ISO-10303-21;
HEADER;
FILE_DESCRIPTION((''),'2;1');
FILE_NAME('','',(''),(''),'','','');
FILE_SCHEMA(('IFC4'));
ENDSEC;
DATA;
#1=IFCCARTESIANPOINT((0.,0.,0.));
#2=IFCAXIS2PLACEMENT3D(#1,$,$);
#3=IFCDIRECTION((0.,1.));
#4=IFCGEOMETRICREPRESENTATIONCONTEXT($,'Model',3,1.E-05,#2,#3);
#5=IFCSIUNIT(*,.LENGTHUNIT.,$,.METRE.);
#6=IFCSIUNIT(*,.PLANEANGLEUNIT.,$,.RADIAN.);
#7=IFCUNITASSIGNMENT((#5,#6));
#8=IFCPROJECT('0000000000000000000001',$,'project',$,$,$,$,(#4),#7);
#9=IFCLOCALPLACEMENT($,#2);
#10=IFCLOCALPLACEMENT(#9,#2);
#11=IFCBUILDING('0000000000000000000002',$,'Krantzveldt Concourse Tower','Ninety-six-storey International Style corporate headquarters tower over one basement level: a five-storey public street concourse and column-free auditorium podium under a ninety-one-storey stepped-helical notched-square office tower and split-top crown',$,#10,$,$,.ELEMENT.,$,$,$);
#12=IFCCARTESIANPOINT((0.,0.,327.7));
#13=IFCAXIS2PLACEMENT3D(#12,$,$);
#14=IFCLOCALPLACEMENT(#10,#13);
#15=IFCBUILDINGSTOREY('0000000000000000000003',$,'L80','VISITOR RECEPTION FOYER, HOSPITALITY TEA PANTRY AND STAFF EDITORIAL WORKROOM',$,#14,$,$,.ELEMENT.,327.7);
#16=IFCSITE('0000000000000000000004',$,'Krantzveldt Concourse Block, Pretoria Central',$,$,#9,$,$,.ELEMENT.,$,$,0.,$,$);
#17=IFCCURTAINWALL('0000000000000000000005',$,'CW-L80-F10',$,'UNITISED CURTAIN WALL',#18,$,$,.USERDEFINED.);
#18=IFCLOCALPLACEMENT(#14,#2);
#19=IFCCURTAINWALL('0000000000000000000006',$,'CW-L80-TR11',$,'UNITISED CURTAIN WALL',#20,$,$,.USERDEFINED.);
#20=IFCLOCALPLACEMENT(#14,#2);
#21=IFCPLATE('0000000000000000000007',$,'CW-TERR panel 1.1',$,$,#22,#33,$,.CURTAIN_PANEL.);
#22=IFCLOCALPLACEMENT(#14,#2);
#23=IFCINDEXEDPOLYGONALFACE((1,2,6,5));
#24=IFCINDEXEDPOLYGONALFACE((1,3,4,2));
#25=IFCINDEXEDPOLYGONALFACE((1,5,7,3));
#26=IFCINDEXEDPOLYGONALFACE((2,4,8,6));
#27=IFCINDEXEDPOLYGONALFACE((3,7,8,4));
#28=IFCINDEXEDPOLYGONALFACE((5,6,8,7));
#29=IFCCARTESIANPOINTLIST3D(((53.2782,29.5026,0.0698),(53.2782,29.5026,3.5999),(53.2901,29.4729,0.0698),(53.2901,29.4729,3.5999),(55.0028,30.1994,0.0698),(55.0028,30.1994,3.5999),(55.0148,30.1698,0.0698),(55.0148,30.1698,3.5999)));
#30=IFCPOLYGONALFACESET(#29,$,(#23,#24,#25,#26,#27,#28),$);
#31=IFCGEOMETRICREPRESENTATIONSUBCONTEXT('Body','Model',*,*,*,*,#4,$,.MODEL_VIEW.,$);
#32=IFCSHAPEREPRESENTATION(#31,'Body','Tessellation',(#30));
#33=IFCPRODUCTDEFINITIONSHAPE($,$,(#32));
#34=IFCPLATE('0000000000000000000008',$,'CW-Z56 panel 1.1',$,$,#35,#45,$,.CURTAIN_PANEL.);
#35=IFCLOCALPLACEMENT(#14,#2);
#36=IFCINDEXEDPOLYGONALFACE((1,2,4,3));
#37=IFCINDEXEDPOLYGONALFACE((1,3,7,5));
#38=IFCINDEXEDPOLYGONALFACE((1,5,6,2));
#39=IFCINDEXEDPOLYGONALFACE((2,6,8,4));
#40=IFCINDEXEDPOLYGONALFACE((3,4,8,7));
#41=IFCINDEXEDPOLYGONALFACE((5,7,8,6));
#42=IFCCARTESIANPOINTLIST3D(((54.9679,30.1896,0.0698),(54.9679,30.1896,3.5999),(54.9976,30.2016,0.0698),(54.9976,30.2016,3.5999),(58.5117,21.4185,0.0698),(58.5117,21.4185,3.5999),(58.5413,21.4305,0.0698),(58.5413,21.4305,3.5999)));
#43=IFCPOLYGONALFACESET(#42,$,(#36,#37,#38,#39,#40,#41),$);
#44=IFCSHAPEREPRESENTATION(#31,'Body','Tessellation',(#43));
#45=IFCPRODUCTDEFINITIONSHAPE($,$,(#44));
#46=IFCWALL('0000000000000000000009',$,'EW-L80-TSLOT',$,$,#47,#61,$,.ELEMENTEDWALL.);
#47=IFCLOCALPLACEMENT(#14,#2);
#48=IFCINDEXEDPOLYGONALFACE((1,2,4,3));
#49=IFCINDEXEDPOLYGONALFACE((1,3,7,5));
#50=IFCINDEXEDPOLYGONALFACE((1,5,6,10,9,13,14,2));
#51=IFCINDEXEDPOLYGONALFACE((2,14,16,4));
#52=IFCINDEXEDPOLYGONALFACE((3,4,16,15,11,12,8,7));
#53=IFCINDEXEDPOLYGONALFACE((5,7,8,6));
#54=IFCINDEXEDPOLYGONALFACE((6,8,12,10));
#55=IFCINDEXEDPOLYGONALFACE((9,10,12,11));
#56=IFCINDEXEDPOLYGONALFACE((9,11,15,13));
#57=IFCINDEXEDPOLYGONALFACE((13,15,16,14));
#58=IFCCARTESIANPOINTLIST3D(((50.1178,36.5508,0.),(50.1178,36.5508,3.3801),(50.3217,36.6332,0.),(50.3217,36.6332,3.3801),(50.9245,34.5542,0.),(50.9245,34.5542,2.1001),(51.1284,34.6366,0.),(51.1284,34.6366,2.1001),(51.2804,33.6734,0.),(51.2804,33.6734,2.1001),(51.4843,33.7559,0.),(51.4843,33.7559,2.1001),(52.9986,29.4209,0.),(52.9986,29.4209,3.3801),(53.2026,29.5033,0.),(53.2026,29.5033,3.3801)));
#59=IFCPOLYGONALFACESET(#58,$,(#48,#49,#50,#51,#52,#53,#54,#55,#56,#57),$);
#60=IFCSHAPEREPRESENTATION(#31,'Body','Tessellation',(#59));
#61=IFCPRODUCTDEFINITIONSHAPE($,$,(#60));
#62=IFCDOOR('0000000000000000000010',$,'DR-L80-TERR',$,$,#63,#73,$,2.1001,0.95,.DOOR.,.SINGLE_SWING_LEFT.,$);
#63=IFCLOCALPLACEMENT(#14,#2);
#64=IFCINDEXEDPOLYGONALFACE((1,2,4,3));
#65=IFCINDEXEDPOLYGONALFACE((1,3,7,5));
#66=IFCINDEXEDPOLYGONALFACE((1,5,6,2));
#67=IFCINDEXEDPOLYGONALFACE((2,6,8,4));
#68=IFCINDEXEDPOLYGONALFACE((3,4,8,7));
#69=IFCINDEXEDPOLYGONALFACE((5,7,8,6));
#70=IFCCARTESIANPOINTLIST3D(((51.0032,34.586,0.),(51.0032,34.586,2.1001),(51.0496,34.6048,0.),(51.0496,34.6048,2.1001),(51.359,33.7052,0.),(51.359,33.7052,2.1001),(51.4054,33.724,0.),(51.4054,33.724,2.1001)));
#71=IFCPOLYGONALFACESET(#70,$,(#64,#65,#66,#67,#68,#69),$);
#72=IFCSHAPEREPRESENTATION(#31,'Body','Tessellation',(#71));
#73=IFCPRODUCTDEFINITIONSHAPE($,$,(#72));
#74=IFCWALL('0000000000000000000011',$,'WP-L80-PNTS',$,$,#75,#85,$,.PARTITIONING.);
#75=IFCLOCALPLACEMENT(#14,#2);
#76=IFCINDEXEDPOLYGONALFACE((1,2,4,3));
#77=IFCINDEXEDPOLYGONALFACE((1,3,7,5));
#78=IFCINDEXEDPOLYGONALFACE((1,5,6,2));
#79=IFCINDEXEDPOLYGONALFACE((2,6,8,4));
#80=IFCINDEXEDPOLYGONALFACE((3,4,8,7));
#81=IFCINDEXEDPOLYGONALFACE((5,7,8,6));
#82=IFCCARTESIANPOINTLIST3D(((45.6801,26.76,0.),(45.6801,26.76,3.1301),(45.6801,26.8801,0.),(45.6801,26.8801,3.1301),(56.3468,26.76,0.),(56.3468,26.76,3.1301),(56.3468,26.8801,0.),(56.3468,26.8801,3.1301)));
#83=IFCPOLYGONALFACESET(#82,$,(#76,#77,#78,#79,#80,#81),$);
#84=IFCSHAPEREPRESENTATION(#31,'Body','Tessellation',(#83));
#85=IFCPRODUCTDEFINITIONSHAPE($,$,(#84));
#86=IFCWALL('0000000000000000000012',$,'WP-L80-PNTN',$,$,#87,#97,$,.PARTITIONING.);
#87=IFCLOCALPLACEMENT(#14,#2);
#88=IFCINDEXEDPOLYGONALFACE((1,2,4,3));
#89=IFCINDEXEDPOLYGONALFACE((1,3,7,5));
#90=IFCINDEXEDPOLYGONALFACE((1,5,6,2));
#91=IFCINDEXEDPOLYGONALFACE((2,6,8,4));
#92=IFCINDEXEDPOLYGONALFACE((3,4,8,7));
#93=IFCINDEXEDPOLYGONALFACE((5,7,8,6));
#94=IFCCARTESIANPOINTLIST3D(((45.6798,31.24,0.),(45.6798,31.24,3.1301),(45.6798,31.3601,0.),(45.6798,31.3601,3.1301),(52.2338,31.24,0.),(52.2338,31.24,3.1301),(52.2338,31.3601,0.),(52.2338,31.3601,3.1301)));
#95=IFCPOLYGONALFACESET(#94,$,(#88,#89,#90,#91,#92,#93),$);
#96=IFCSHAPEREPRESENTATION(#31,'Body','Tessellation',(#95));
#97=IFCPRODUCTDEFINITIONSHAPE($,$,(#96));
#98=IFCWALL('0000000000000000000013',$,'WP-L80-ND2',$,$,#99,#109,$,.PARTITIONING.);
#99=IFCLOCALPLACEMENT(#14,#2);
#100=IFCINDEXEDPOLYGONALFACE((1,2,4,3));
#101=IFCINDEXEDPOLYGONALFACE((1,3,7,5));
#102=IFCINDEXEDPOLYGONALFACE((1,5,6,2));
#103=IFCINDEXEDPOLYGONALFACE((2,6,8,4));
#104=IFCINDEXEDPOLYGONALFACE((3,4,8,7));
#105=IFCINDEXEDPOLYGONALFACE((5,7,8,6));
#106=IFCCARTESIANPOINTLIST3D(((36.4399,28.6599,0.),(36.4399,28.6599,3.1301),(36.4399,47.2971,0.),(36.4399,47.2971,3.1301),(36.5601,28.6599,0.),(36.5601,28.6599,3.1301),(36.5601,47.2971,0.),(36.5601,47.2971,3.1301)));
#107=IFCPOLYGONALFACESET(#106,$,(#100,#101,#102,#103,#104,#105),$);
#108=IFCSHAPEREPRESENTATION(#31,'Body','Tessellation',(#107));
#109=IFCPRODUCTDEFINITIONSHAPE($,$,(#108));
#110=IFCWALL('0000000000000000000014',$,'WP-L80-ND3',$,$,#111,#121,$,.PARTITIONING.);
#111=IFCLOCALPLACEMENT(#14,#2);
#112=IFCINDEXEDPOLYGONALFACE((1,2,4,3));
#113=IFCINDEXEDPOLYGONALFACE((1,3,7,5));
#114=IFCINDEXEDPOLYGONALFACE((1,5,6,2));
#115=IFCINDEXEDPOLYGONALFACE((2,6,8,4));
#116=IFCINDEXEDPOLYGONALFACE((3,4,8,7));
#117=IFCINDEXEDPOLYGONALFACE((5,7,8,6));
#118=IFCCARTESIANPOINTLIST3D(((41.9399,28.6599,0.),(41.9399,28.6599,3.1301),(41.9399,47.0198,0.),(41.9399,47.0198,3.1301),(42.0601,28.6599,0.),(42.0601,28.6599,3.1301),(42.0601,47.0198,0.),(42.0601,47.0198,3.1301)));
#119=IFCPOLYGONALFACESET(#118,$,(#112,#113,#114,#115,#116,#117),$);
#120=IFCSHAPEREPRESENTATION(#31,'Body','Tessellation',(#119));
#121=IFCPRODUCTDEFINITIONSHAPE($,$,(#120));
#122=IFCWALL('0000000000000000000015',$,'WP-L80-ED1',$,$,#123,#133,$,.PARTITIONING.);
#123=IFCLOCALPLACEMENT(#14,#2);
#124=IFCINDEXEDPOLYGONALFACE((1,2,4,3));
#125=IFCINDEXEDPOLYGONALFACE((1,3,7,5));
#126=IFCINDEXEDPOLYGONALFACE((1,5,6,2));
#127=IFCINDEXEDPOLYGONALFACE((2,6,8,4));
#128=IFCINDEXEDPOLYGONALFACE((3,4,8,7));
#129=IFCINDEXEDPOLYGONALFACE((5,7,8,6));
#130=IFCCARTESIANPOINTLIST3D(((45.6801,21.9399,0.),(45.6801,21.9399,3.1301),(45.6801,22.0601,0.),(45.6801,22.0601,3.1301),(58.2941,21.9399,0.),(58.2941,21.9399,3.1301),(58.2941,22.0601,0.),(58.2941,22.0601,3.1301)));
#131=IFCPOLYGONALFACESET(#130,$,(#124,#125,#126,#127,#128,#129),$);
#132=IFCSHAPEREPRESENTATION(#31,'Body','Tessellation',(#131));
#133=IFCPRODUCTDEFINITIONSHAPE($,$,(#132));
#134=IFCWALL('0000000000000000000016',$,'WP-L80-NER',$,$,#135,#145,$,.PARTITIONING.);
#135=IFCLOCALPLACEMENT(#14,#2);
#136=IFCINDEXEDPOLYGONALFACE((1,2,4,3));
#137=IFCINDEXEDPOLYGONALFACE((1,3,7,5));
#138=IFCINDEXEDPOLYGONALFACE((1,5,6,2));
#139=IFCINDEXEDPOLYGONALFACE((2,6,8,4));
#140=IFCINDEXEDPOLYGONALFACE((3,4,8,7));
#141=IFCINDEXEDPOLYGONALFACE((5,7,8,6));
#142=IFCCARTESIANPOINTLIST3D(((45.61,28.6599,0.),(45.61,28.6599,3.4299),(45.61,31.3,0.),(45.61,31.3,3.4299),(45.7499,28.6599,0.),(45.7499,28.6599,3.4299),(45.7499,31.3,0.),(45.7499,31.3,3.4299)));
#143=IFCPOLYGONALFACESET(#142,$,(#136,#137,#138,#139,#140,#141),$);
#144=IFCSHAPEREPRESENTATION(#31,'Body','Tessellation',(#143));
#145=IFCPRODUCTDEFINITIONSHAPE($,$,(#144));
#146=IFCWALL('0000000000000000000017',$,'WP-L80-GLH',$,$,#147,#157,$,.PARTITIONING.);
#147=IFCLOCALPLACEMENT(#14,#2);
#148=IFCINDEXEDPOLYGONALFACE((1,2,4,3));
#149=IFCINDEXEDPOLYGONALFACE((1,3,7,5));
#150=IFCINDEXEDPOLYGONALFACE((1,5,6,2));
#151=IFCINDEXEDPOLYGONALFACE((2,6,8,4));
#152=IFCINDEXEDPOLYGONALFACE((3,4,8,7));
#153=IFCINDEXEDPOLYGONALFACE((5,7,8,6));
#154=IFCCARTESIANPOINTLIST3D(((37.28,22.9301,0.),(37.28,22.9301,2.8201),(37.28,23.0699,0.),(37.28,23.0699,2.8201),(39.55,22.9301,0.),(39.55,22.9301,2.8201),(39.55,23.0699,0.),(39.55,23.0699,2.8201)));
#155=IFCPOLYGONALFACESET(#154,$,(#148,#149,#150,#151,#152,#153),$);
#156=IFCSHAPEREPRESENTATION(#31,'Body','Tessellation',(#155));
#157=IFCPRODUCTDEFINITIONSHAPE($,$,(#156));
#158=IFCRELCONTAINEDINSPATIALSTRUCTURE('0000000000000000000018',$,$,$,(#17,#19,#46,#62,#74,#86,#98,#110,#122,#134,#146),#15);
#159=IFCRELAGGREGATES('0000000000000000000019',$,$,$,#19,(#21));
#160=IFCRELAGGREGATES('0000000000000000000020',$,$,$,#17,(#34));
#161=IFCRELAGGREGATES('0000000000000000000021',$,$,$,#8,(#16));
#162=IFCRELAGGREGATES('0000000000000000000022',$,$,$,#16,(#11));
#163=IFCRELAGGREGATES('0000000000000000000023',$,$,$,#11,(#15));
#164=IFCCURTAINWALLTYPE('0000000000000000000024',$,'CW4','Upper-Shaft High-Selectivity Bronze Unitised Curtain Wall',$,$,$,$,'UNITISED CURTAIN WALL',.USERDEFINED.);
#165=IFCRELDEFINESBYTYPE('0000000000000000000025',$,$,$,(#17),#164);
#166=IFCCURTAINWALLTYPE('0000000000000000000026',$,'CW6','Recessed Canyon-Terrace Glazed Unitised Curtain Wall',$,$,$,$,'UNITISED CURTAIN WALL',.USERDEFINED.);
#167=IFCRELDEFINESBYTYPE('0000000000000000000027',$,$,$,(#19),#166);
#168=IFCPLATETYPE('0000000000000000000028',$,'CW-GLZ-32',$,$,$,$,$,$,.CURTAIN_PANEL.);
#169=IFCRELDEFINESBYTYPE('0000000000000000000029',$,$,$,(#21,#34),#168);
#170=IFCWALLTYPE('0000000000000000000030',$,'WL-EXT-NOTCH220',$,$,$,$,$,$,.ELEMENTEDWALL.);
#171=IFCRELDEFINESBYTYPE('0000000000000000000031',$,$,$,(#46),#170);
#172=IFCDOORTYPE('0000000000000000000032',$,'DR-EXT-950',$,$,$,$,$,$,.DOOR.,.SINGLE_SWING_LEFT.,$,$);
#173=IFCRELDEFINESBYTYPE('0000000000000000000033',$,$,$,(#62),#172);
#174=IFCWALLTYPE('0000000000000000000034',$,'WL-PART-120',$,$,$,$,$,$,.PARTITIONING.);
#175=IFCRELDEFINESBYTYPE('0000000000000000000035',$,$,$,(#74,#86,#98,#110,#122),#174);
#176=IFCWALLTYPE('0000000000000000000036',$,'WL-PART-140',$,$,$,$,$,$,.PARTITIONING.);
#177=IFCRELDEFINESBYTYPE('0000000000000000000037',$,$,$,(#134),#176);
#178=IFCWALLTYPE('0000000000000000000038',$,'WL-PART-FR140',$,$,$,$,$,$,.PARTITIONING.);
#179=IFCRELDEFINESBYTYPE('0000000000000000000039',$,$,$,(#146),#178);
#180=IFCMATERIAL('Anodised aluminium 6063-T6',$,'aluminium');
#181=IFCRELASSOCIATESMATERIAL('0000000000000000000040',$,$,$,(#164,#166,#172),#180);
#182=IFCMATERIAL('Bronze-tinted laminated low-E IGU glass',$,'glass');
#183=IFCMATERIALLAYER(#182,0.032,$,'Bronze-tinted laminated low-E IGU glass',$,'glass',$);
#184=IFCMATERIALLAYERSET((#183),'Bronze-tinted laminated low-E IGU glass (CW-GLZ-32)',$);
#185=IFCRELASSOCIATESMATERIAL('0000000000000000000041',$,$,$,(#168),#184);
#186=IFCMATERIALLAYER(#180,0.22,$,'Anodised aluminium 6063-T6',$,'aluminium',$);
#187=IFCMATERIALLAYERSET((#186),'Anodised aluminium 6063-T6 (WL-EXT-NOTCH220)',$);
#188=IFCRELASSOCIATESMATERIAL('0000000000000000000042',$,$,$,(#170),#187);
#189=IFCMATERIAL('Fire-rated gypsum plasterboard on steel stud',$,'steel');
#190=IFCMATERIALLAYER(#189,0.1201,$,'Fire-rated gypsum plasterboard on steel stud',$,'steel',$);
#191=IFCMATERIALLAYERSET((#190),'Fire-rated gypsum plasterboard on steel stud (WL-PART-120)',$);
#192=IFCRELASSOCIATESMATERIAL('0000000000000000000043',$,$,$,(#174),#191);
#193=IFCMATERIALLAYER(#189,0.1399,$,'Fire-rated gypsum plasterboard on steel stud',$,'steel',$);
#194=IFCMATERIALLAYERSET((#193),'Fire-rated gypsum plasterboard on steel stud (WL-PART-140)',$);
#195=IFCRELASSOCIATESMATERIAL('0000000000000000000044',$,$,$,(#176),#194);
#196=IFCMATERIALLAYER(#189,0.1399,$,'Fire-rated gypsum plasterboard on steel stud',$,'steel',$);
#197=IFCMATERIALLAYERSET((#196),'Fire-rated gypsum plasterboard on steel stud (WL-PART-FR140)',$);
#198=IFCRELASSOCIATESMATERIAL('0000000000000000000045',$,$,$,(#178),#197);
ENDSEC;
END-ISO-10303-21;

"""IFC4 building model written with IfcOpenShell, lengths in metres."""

from ifc_helpers import new_model, si_unit, direction, frame, frame_2d, origin, origin_2d, place, context, subcontext, project, spatial, rectangle, extrude, source, transform, mapped, material, layer, layer_set, type_object, type_shapes, element, fill, aggregate, save


model = new_model("IFC4")

# Units and contexts
model_context = context("Model", 3, precision=1e-05, world=origin(), true_north=direction((0.0, 1.0)))
body_context = subcontext(model_context, "Body", "Model", "MODEL_VIEW")
ifc_project = project(units=[si_unit("LENGTHUNIT", "METRE"), si_unit("PLANEANGLEUNIT", "RADIAN")], contexts=[model_context])

# Site, building, storey
site_placement = place(None, origin())
site = spatial("IfcSite", under=ifc_project, at=site_placement, Name="Krantzveldt Concourse Block, Pretoria Central", CompositionType="ELEMENT", RefElevation=0.0)
building_placement = place(site_placement, origin())
building = spatial("IfcBuilding", under=site, at=building_placement, Name="Krantzveldt Concourse Tower", Description="Ninety-six-storey International Style corporate headquarters tower over one basement level: a five-storey public street concourse and column-free auditorium podium under a ninety-one-storey stepped-helical notched-square office tower and split-top crown", CompositionType="ELEMENT")
storey_placement = place(building_placement, frame((0.0, 0.0, 327.7)))
storey = spatial("IfcBuildingStorey", under=building, at=storey_placement, Name="L80", Description="VISITOR RECEPTION FOYER, HOSPITALITY TEA PANTRY AND STAFF EDITORIAL WORKROOM", CompositionType="ELEMENT", Elevation=327.7)

# Curtain wall
ifc_material_1 = material(Name="Anodised aluminium 6063-T6", Category="aluminium")
curtain_wall_type_1 = type_object("IfcCurtainWallType", Name="CW4", Description="Upper-Shaft High-Selectivity Bronze Unitised Curtain Wall", ElementType="UNITISED CURTAIN WALL", PredefinedType="USERDEFINED", material=ifc_material_1)
curtain_wall_1_placement = place(storey_placement, origin())
curtain_wall_1 = element("IfcCurtainWall", 1, at=curtain_wall_1_placement, inside=storey, type_object=curtain_wall_type_1, Name="CW-L80-F10", ObjectType="UNITISED CURTAIN WALL", PredefinedType="USERDEFINED")

# Curtain wall
curtain_wall_type_2 = type_object("IfcCurtainWallType", Name="CW6", Description="Recessed Canyon-Terrace Glazed Unitised Curtain Wall", ElementType="UNITISED CURTAIN WALL", PredefinedType="USERDEFINED", material=ifc_material_1)
curtain_wall_2_placement = place(storey_placement, origin())
curtain_wall_2 = element("IfcCurtainWall", 2, at=curtain_wall_2_placement, inside=storey, type_object=curtain_wall_type_2, Name="CW-L80-TR11", ObjectType="UNITISED CURTAIN WALL", PredefinedType="USERDEFINED")

# Plates
ifc_material_2 = material(Name="Bronze-tinted laminated low-E IGU glass", Category="glass")
ifc_layer_1 = layer(ifc_material_2, 0.032, Name="Bronze-tinted laminated low-E IGU glass", Category="glass")
ifc_layer_set_1 = layer_set([ifc_layer_1], Name="Bronze-tinted laminated low-E IGU glass (CW-GLZ-32)")
plate_type = type_object("IfcPlateType", Name="CW-GLZ-32", PredefinedType="CURTAIN_PANEL", material=ifc_layer_set_1)
shared_shape_1 = source(origin(), body_context, "Body", "SweptSolid", [
    extrude(rectangle(XDim=1.8601, YDim=0.032, at=origin_2d()), origin(), (0.0, 0.0, 1.0), 3.53),
])
plate_1_placement = place(storey_placement, frame((54.1465, 29.8362, 0.0698), z_axis=(0.0, 0.0, 1.0), x_axis=(-0.927183, -0.374609, 0.0)))
plate_1 = element("IfcPlate", 3, at=plate_1_placement, type_object=plate_type, Name="CW-TERR panel 1.1", PredefinedType="CURTAIN_PANEL", context=body_context, shape_type="MappedRepresentation", body=[
    mapped(shared_shape_1, transform((0.0, 0.0, 0.0), x_axis=(1.0, 0.0, 0.0), y_axis=(0.0, 1.0, 0.0), z_axis=(0.0, 0.0, 1.0), scale=1.0)),
])
aggregate(curtain_wall_2, [plate_1])
shared_shape_2 = source(origin(), body_context, "Body", "SweptSolid", [
    extrude(rectangle(XDim=9.46, YDim=0.032, at=origin_2d()), origin(), (0.0, 0.0, 1.0), 3.53),
])
type_shapes(plate_type, [shared_shape_1, shared_shape_2])
plate_2_placement = place(storey_placement, frame((56.7546, 25.8101, 0.0698), z_axis=(0.0, 0.0, 1.0), x_axis=(-0.374606, 0.927184, 0.0)))
plate_2 = element("IfcPlate", 4, at=plate_2_placement, type_object=plate_type, Name="CW-Z56 panel 1.1", PredefinedType="CURTAIN_PANEL", context=body_context, shape_type="MappedRepresentation", body=[
    mapped(shared_shape_2, transform((0.0, 0.0, 0.0), x_axis=(1.0, 0.0, 0.0), y_axis=(0.0, 1.0, 0.0), z_axis=(0.0, 0.0, 1.0), scale=1.0)),
])
aggregate(curtain_wall_1, [plate_2])

# Wall, opening, door
ifc_layer_2 = layer(ifc_material_1, 0.22, Name="Anodised aluminium 6063-T6", Category="aluminium")
ifc_layer_set_2 = layer_set([ifc_layer_2], Name="Anodised aluminium 6063-T6 (WL-EXT-NOTCH220)")
wall_type_1 = type_object("IfcWallType", Name="WL-EXT-NOTCH220", PredefinedType="ELEMENTEDWALL", material=ifc_layer_set_2)
wall_1_placement = place(storey_placement, frame((50.2197, 36.592, 0.0), z_axis=(0.0, 0.0, 1.0), x_axis=(0.374629, -0.927175, 0.0)))
wall_1 = element("IfcWall", 5, at=wall_1_placement, inside=storey, type_object=wall_type_1, Name="EW-L80-TSLOT", PredefinedType="ELEMENTEDWALL", context=body_context, shape_type="SweptSolid", body=[
    extrude(rectangle(XDim=7.6899, YDim=0.22, at=frame_2d((3.845, 0.0))), origin(), (0.0, 0.0, 1.0), 3.3801),
])
opening_placement = place(wall_1_placement, frame((2.1533, 0.0, 0.0)))
opening = element("IfcOpeningElement", 6, at=opening_placement, cuts=wall_1, PredefinedType="OPENING", context=body_context, shape_type="SweptSolid", body=[
    extrude(rectangle(XDim=0.95, YDim=2.1001, at=frame_2d((0.4751, 1.05))), frame((0.0, 0.1201, 0.0), z_axis=(0.0, -1.0, 0.0), x_axis=(1.0, 0.0, 0.0)), (0.0, 0.0, 1.0), 0.24),
])
door_type = type_object("IfcDoorType", Name="DR-EXT-950", OperationType="SINGLE_SWING_LEFT", PredefinedType="DOOR", material=ifc_material_1)
door_placement = place(opening_placement, origin())
door = element("IfcDoor", 7, at=door_placement, inside=storey, type_object=door_type, Name="DR-L80-TERR", OperationType="SINGLE_SWING_LEFT", OverallHeight=2.1001, OverallWidth=0.95, PredefinedType="DOOR", context=body_context, shape_type="SweptSolid", body=[
    extrude(rectangle(XDim=0.95, YDim=2.1001, at=frame_2d((0.4751, 1.05))), frame((0.0, 0.0249, 0.0), z_axis=(0.0, -1.0, 0.0), x_axis=(1.0, 0.0, 0.0)), (0.0, 0.0, 1.0), 0.05),
])
fill(opening, door)

# Walls
ifc_material_3 = material(Name="Fire-rated gypsum plasterboard on steel stud", Category="steel")
ifc_layer_3 = layer(ifc_material_3, 0.1201, Name="Fire-rated gypsum plasterboard on steel stud", Category="steel")
ifc_layer_set_3 = layer_set([ifc_layer_3], Name="Fire-rated gypsum plasterboard on steel stud (WL-PART-120)")
wall_type_2 = type_object("IfcWallType", Name="WL-PART-120", PredefinedType="PARTITIONING", material=ifc_layer_set_3)
wall_2_placement = place(storey_placement, frame((45.6799, 26.8201, 0.0), z_axis=(0.0, 0.0, 1.0), x_axis=(1.0, 0.0, 0.0)))
element("IfcWall", 8, at=wall_2_placement, inside=storey, type_object=wall_type_2, Name="WP-L80-PNTS", PredefinedType="PARTITIONING", context=body_context, shape_type="SweptSolid", body=[
    extrude(rectangle(XDim=10.6667, YDim=0.1201, at=frame_2d((5.3335, 0.0))), origin(), (0.0, 0.0, 1.0), 3.1301),
])
wall_3_placement = place(storey_placement, frame((45.6799, 31.3, 0.0), z_axis=(0.0, 0.0, 1.0), x_axis=(1.0, 0.0, 0.0)))
element("IfcWall", 9, at=wall_3_placement, inside=storey, type_object=wall_type_2, Name="WP-L80-PNTN", PredefinedType="PARTITIONING", context=body_context, shape_type="SweptSolid", body=[
    extrude(rectangle(XDim=6.554, YDim=0.1201, at=frame_2d((3.2769, 0.0))), origin(), (0.0, 0.0, 1.0), 3.1301),
])
wall_4_placement = place(storey_placement, frame((36.5, 28.6599, 0.0), z_axis=(0.0, 0.0, 1.0), x_axis=(0.0, 1.0, 0.0)))
element("IfcWall", 10, at=wall_4_placement, inside=storey, type_object=wall_type_2, Name="WP-L80-ND2", PredefinedType="PARTITIONING", context=body_context, shape_type="SweptSolid", body=[
    extrude(rectangle(XDim=18.6372, YDim=0.1201, at=frame_2d((9.3186, 0.0))), origin(), (0.0, 0.0, 1.0), 3.1301),
])
wall_5_placement = place(storey_placement, frame((42.0, 28.6599, 0.0), z_axis=(0.0, 0.0, 1.0), x_axis=(0.0, 1.0, 0.0)))
element("IfcWall", 11, at=wall_5_placement, inside=storey, type_object=wall_type_2, Name="WP-L80-ND3", PredefinedType="PARTITIONING", context=body_context, shape_type="SweptSolid", body=[
    extrude(rectangle(XDim=18.3599, YDim=0.1201, at=frame_2d((9.1799, 0.0))), origin(), (0.0, 0.0, 1.0), 3.1301),
])
wall_6_placement = place(storey_placement, frame((45.6799, 22.0, 0.0), z_axis=(0.0, 0.0, 1.0), x_axis=(1.0, 0.0, 0.0)))
element("IfcWall", 12, at=wall_6_placement, inside=storey, type_object=wall_type_2, Name="WP-L80-ED1", PredefinedType="PARTITIONING", context=body_context, shape_type="SweptSolid", body=[
    extrude(rectangle(XDim=12.614, YDim=0.1201, at=frame_2d((6.3071, 0.0))), origin(), (0.0, 0.0, 1.0), 3.1301),
])
ifc_layer_4 = layer(ifc_material_3, 0.1399, Name="Fire-rated gypsum plasterboard on steel stud", Category="steel")
ifc_layer_set_4 = layer_set([ifc_layer_4], Name="Fire-rated gypsum plasterboard on steel stud (WL-PART-140)")
wall_type_3 = type_object("IfcWallType", Name="WL-PART-140", PredefinedType="PARTITIONING", material=ifc_layer_set_4)
wall_7_placement = place(storey_placement, frame((45.6799, 28.6599, 0.0), z_axis=(0.0, 0.0, 1.0), x_axis=(0.0, 1.0, 0.0)))
element("IfcWall", 13, at=wall_7_placement, inside=storey, type_object=wall_type_3, Name="WP-L80-NER", PredefinedType="PARTITIONING", context=body_context, shape_type="SweptSolid", body=[
    extrude(rectangle(XDim=2.6401, YDim=0.1399, at=frame_2d((1.3201, 0.0))), origin(), (0.0, 0.0, 1.0), 3.4299),
])
ifc_layer_5 = layer(ifc_material_3, 0.1399, Name="Fire-rated gypsum plasterboard on steel stud", Category="steel")
ifc_layer_set_5 = layer_set([ifc_layer_5], Name="Fire-rated gypsum plasterboard on steel stud (WL-PART-FR140)")
wall_type_4 = type_object("IfcWallType", Name="WL-PART-FR140", PredefinedType="PARTITIONING", material=ifc_layer_set_5)
wall_8_placement = place(storey_placement, frame((37.28, 23.0, 0.0), z_axis=(0.0, 0.0, 1.0), x_axis=(1.0, 0.0, 0.0)))
element("IfcWall", 14, at=wall_8_placement, inside=storey, type_object=wall_type_4, Name="WP-L80-GLH", PredefinedType="PARTITIONING", context=body_context, shape_type="SweptSolid", body=[
    extrude(rectangle(XDim=2.27, YDim=0.1399, at=frame_2d((1.135, 0.0))), origin(), (0.0, 0.0, 1.0), 2.8201),
])

save(model, "model.ifc")
